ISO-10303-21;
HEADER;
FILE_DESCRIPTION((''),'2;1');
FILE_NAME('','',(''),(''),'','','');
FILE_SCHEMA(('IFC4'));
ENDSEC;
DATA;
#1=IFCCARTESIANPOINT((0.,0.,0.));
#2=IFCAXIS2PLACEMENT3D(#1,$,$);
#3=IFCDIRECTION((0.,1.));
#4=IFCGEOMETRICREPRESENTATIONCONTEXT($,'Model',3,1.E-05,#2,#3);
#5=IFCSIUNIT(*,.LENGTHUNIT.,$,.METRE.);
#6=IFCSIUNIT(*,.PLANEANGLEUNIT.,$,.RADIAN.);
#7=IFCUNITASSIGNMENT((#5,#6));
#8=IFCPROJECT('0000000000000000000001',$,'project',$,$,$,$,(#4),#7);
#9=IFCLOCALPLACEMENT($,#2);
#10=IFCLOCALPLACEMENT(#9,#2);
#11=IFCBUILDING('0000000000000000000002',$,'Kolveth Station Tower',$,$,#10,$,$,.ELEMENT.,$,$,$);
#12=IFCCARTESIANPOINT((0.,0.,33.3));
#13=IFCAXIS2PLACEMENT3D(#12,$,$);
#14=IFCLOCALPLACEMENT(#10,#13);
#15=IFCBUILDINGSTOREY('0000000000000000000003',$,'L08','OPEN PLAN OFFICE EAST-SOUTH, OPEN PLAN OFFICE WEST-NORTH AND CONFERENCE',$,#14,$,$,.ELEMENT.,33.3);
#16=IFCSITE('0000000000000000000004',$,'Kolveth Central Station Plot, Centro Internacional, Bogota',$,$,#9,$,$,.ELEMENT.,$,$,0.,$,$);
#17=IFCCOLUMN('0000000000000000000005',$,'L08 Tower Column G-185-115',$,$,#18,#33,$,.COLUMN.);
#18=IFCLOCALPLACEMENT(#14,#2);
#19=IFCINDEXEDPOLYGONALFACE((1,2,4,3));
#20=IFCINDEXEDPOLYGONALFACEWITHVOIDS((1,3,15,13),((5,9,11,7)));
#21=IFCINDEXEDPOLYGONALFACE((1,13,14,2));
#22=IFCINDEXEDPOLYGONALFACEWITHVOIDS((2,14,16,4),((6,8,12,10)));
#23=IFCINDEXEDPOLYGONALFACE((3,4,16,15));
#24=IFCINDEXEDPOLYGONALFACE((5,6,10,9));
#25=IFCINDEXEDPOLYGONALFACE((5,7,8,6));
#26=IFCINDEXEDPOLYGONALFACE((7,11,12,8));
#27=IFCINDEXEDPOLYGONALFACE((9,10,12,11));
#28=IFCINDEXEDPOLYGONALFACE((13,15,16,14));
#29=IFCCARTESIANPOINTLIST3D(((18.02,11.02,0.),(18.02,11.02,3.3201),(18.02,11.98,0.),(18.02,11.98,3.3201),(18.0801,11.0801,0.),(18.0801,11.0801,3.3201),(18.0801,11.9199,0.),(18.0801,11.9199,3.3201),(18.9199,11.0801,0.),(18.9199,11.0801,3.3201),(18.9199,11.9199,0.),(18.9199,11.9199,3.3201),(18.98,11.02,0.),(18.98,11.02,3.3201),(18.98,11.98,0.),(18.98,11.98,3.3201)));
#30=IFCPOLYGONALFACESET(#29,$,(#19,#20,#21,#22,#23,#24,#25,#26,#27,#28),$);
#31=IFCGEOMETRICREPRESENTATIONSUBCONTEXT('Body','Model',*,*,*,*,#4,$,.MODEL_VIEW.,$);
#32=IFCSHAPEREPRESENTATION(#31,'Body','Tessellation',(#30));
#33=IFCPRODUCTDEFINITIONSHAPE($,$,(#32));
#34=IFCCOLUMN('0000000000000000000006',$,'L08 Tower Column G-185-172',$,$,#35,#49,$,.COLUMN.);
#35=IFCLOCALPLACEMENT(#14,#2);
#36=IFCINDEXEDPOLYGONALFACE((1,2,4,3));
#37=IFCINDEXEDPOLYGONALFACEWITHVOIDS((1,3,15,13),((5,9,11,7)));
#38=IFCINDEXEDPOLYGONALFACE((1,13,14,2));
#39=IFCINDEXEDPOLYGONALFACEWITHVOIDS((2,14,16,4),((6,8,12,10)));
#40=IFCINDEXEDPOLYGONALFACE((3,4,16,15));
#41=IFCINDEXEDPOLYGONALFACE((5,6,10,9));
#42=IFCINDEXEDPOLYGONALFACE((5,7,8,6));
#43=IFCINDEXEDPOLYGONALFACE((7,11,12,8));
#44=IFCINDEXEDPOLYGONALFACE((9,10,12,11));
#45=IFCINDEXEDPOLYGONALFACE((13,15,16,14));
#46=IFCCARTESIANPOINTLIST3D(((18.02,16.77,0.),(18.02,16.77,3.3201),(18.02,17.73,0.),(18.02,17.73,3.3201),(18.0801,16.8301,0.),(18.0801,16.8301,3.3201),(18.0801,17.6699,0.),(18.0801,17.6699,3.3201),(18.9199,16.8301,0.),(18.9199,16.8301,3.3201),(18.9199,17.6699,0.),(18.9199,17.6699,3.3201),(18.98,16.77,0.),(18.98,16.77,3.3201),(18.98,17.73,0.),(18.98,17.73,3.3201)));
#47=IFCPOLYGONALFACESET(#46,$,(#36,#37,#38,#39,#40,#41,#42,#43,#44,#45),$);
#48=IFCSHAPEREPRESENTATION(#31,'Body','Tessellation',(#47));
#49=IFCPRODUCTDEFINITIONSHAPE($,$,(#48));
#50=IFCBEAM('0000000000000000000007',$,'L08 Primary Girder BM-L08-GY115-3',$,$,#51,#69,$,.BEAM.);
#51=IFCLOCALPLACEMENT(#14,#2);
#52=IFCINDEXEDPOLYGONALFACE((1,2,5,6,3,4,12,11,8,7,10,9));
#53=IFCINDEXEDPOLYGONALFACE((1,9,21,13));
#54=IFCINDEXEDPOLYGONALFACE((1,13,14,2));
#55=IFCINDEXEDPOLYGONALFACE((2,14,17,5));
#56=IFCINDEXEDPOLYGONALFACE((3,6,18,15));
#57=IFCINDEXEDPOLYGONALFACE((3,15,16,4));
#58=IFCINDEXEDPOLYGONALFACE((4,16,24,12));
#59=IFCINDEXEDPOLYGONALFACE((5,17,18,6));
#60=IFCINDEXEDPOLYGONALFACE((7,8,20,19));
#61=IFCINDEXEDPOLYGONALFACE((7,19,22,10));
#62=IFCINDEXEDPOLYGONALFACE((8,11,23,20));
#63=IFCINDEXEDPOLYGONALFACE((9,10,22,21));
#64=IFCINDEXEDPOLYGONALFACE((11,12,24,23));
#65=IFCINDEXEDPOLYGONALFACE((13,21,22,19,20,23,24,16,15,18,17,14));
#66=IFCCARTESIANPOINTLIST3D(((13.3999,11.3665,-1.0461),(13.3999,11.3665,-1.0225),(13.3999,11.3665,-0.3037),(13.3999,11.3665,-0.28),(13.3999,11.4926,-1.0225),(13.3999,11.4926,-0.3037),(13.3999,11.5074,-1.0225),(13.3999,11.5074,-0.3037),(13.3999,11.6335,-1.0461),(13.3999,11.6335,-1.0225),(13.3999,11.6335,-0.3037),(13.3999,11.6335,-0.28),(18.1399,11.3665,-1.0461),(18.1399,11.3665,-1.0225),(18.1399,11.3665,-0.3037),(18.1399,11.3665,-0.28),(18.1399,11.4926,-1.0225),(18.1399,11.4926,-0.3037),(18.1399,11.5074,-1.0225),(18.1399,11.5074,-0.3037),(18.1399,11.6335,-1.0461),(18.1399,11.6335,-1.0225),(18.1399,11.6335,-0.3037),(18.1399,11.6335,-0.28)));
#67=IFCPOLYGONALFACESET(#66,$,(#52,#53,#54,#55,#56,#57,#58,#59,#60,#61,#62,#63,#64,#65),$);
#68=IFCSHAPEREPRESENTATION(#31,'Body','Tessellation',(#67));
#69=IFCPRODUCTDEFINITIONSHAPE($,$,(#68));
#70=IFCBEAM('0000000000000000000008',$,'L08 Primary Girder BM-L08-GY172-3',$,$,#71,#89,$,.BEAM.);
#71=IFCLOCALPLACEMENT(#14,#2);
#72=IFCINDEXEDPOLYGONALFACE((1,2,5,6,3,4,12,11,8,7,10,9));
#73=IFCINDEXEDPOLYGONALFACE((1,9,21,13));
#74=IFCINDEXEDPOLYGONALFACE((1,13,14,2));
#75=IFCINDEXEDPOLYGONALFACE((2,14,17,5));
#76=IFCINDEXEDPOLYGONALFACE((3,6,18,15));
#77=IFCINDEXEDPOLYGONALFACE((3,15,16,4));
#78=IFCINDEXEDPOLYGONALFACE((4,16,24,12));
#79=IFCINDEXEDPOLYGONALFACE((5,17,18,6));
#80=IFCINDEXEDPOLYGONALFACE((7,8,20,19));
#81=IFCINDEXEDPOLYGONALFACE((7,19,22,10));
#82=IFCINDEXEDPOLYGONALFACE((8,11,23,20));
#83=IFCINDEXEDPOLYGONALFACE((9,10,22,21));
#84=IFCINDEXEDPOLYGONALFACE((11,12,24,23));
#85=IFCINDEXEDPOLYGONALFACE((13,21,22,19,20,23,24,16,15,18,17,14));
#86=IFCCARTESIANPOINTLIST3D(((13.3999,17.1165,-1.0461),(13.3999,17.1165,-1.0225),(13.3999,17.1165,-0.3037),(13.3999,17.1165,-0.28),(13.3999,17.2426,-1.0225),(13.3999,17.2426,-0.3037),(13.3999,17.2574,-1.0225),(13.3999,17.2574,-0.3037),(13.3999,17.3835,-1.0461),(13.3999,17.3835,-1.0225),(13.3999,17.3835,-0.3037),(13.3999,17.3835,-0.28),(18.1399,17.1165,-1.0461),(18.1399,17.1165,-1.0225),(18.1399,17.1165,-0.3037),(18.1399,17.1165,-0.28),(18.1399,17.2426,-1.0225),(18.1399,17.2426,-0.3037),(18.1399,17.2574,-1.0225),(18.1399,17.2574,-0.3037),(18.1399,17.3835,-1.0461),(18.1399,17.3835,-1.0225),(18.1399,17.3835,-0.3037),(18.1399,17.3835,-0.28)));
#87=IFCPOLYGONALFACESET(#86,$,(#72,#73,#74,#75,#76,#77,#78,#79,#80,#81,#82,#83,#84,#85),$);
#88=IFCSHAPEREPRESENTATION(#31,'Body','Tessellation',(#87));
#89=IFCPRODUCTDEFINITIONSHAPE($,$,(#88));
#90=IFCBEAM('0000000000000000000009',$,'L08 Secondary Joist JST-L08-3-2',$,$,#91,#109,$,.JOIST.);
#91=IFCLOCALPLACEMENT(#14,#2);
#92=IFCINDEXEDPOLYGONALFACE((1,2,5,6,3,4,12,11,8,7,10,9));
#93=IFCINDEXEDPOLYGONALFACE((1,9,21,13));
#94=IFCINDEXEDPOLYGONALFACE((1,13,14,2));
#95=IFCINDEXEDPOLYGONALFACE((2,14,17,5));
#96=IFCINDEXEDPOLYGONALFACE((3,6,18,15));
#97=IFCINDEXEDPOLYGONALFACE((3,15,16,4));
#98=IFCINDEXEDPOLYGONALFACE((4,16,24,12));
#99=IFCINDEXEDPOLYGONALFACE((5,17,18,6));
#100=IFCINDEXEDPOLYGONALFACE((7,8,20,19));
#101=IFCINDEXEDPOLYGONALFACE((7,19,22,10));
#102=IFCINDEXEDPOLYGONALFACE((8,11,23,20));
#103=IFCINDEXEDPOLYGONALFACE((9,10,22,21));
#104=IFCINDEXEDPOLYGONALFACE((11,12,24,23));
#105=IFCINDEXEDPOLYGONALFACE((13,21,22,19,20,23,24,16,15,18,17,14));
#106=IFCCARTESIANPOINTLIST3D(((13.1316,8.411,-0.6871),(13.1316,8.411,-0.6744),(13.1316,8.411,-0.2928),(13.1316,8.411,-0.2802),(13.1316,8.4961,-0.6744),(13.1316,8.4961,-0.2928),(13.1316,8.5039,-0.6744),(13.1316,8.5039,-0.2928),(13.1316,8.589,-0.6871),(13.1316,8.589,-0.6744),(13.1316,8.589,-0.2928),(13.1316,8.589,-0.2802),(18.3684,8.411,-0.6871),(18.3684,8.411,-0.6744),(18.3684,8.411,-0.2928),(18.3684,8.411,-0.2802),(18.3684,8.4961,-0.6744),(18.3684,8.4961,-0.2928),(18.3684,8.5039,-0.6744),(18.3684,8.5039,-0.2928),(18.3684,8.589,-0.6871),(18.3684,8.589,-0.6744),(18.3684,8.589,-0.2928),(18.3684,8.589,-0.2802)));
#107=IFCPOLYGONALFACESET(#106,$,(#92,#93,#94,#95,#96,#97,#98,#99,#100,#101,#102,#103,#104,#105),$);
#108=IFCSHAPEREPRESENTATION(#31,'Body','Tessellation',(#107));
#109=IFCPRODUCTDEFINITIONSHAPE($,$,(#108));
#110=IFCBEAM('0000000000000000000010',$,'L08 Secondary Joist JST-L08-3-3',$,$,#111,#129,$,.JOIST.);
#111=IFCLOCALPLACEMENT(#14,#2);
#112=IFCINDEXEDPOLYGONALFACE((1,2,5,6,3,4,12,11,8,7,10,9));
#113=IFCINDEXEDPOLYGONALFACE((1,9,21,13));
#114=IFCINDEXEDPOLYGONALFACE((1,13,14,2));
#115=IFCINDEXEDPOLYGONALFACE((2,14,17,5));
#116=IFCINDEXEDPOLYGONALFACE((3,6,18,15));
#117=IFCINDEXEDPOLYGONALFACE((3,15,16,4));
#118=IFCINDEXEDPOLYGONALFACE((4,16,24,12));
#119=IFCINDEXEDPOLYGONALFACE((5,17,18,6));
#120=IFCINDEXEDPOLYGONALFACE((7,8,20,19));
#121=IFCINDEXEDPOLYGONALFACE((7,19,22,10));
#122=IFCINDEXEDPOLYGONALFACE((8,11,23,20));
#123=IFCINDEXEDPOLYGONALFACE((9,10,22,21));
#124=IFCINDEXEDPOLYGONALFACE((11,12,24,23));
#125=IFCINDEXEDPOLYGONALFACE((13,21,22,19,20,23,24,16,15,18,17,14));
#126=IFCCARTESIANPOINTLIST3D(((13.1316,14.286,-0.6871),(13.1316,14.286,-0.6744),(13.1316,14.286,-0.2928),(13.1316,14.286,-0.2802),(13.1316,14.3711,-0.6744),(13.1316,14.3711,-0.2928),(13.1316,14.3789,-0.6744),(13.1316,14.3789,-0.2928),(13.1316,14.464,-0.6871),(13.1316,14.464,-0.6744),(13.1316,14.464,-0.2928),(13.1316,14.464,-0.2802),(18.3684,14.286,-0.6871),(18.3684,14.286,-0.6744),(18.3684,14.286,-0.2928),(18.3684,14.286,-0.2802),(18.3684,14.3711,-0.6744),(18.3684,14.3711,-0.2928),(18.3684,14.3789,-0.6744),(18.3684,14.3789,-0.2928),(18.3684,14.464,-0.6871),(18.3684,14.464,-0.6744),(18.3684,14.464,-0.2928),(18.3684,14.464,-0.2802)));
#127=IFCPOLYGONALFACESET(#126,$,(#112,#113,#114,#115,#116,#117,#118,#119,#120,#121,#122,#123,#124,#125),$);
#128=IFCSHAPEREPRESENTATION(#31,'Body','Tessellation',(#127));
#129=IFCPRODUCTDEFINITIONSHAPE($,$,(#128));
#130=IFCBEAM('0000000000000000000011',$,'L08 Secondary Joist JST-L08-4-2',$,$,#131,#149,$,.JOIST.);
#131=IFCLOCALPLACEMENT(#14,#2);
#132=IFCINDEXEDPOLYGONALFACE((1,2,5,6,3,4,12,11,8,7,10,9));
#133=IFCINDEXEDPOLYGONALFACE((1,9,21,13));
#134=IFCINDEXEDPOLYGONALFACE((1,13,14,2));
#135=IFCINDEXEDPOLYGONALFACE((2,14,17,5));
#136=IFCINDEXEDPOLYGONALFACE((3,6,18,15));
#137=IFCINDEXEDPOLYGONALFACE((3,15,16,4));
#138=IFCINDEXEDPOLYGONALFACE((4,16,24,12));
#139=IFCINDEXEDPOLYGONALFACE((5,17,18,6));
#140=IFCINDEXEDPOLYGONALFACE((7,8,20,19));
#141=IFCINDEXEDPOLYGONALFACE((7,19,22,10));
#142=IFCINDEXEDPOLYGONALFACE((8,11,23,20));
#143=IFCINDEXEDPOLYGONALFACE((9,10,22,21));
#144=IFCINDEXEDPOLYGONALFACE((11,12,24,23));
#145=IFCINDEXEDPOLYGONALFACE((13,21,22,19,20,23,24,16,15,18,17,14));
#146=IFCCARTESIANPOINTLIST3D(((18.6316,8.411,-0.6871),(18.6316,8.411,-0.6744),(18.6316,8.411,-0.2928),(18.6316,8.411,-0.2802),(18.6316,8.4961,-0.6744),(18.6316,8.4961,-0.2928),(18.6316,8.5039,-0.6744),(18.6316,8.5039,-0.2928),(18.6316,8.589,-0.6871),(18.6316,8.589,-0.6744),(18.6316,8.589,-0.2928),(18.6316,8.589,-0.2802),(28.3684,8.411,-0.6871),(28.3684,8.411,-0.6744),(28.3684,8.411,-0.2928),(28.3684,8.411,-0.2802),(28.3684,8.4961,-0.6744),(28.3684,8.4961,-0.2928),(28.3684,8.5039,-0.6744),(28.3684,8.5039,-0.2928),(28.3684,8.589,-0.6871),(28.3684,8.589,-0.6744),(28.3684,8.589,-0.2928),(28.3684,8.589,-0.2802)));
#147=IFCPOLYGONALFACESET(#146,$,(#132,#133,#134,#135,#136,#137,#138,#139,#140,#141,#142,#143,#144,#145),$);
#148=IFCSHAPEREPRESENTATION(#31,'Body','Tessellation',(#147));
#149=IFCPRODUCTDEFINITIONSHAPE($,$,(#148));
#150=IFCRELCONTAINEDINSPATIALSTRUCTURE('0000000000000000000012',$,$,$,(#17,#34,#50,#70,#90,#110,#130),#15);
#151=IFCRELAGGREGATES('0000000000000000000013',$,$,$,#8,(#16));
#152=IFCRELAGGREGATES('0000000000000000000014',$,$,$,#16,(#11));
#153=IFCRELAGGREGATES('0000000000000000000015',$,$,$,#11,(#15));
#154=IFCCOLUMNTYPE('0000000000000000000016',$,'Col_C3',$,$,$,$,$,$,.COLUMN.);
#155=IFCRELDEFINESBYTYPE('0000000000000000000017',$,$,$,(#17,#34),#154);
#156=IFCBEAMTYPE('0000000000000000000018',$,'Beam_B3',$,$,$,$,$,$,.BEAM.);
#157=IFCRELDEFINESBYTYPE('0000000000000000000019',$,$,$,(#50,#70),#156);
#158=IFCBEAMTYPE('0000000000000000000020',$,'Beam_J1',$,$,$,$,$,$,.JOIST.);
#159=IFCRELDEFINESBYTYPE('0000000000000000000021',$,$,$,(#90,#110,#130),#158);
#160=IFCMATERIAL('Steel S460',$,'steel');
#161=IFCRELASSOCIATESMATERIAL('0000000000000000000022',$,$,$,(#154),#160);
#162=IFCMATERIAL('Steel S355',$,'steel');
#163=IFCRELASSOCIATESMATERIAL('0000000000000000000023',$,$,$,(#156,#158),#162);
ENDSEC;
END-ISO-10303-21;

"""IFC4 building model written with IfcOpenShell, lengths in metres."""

from ifc_helpers import new_model, si_unit, direction, frame, origin, origin_2d, place, context, subcontext, project, spatial, hollow_rectangle, i_section, extrude, source, transform, mapped, material, material_profile, profile_set, type_object, element, save


model = new_model("IFC4")

# Units and contexts
model_context = context("Model", 3, precision=1e-05, world=origin(), true_north=direction((0.0, 1.0)))
body_context = subcontext(model_context, "Body", "Model", "MODEL_VIEW")
ifc_project = project(units=[si_unit("LENGTHUNIT", "METRE"), si_unit("PLANEANGLEUNIT", "RADIAN")], contexts=[model_context])

# Site, building, storey
site_placement = place(None, origin())
site = spatial("IfcSite", under=ifc_project, at=site_placement, Name="Kolveth Central Station Plot, Centro Internacional, Bogota", CompositionType="ELEMENT", RefElevation=0.0)
building_placement = place(site_placement, origin())
building = spatial("IfcBuilding", under=site, at=building_placement, Name="Kolveth Station Tower", CompositionType="ELEMENT")
storey_placement = place(building_placement, frame((0.0, 0.0, 33.3)))
storey = spatial("IfcBuildingStorey", under=building, at=storey_placement, Name="L08", Description="OPEN PLAN OFFICE EAST-SOUTH, OPEN PLAN OFFICE WEST-NORTH AND CONFERENCE", CompositionType="ELEMENT", Elevation=33.3)

# Columns
ifc_material_1 = material(Name="Steel S460", Category="steel")
ifc_material_profile_1 = material_profile(ifc_material_1, hollow_rectangle(XDim=0.96, YDim=0.96, WallThickness=0.0601, at=origin_2d()), Name="BOX960x960x60")
ifc_profile_set_1 = profile_set([ifc_material_profile_1], Name="Steel S460")
column_type = type_object("IfcColumnType", Name="Col_C3", PredefinedType="COLUMN", material=ifc_profile_set_1)
shared_shape_1 = source(origin(), body_context, "Body", "SweptSolid", [
    extrude(hollow_rectangle(XDim=0.96, YDim=0.96, WallThickness=0.0601, at=origin_2d()), origin(), (0.0, 0.0, 1.0), 3.3201),
])
for number, where, z_axis, x_axis, name in (
    (1, (18.5, 11.5, 0.0), (0.0, 0.0, 1.0), (1.0, 0.0, 0.0), "L08 Tower Column G-185-115"),
    (2, (18.5, 17.25, 0.0), (0.0, 0.0, 1.0), (1.0, 0.0, 0.0), "L08 Tower Column G-185-172"),
):
    element("IfcColumn", number, at=place(storey_placement, frame(where, z_axis=z_axis, x_axis=x_axis)), inside=storey, type_object=column_type, Name=name, PredefinedType="COLUMN", context=body_context, shape_type="MappedRepresentation", body=[
        mapped(shared_shape_1, transform((0.0, 0.0, 0.0), x_axis=(1.0, 0.0, 0.0), y_axis=(0.0, 1.0, 0.0), z_axis=(0.0, 0.0, 1.0), scale=1.0)),
    ])

# Beams
ifc_material_2 = material(Name="Steel S355", Category="steel")
ifc_material_profile_2 = material_profile(ifc_material_2, i_section(OverallWidth=0.2671, OverallDepth=0.7661, WebThickness=0.0149, FlangeThickness=0.0237, at=origin_2d()), Name="W760x185")
ifc_profile_set_2 = profile_set([ifc_material_profile_2], Name="Steel S355")
beam_type_1 = type_object("IfcBeamType", Name="Beam_B3", PredefinedType="BEAM", material=ifc_profile_set_2)
shared_shape_2 = source(origin(), body_context, "Body", "SweptSolid", [
    extrude(i_section(OverallWidth=0.2671, OverallDepth=0.7661, WebThickness=0.0149, FlangeThickness=0.0237, at=origin_2d()), origin(), (0.0, 0.0, 1.0), 4.74),
])
for number, where, z_axis, x_axis, name in (
    (3, (13.3999, 11.5, -0.6631), (1.0, 0.0, 0.0), (0.0, 1.0, 0.0), "L08 Primary Girder BM-L08-GY115-3"),
    (4, (13.3999, 17.25, -0.6631), (1.0, 0.0, 0.0), (0.0, 1.0, 0.0), "L08 Primary Girder BM-L08-GY172-3"),
):
    element("IfcBeam", number, at=place(storey_placement, frame(where, z_axis=z_axis, x_axis=x_axis)), inside=storey, type_object=beam_type_1, Name=name, PredefinedType="BEAM", context=body_context, shape_type="MappedRepresentation", body=[
        mapped(shared_shape_2, transform((0.0, 0.0, 0.0), x_axis=(1.0, 0.0, 0.0), y_axis=(0.0, 1.0, 0.0), z_axis=(0.0, 0.0, 1.0), scale=1.0)),
    ])
ifc_material_profile_3 = material_profile(ifc_material_2, i_section(OverallWidth=0.178, OverallDepth=0.407, WebThickness=0.0078, FlangeThickness=0.0127, at=origin_2d()), Name="W410x60")
ifc_profile_set_3 = profile_set([ifc_material_profile_3], Name="Steel S355")
beam_type_2 = type_object("IfcBeamType", Name="Beam_J1", PredefinedType="JOIST", material=ifc_profile_set_3)
shared_shape_3 = source(origin(), body_context, "Body", "SweptSolid", [
    extrude(i_section(OverallWidth=0.178, OverallDepth=0.407, WebThickness=0.0078, FlangeThickness=0.0127, at=origin_2d()), origin(), (0.0, 0.0, 1.0), 5.2368),
])
for number, where, z_axis, x_axis, name in (
    (5, (13.1316, 8.5, -0.4836), (1.0, 0.0, 0.0), (0.0, 1.0, 0.0), "L08 Secondary Joist JST-L08-3-2"),
    (6, (13.1316, 14.375, -0.4836), (1.0, 0.0, 0.0), (0.0, 1.0, 0.0), "L08 Secondary Joist JST-L08-3-3"),
):
    element("IfcBeam", number, at=place(storey_placement, frame(where, z_axis=z_axis, x_axis=x_axis)), inside=storey, type_object=beam_type_2, Name=name, PredefinedType="JOIST", context=body_context, shape_type="MappedRepresentation", body=[
        mapped(shared_shape_3, transform((0.0, 0.0, 0.0), x_axis=(1.0, 0.0, 0.0), y_axis=(0.0, 1.0, 0.0), z_axis=(0.0, 0.0, 1.0), scale=1.0)),
    ])
shared_shape_4 = source(origin(), body_context, "Body", "SweptSolid", [
    extrude(i_section(OverallWidth=0.178, OverallDepth=0.407, WebThickness=0.0078, FlangeThickness=0.0127, at=origin_2d()), origin(), (0.0, 0.0, 1.0), 9.7368),
])
beam_placement = place(storey_placement, frame((18.6316, 8.5, -0.4836), z_axis=(1.0, 0.0, 0.0), x_axis=(0.0, 1.0, 0.0)))
element("IfcBeam", 7, at=beam_placement, inside=storey, type_object=beam_type_2, Name="L08 Secondary Joist JST-L08-4-2", PredefinedType="JOIST", context=body_context, shape_type="MappedRepresentation", body=[
    mapped(shared_shape_4, transform((0.0, 0.0, 0.0), x_axis=(1.0, 0.0, 0.0), y_axis=(0.0, 1.0, 0.0), z_axis=(0.0, 0.0, 1.0), scale=1.0)),
])

save(model, "model.ifc")
